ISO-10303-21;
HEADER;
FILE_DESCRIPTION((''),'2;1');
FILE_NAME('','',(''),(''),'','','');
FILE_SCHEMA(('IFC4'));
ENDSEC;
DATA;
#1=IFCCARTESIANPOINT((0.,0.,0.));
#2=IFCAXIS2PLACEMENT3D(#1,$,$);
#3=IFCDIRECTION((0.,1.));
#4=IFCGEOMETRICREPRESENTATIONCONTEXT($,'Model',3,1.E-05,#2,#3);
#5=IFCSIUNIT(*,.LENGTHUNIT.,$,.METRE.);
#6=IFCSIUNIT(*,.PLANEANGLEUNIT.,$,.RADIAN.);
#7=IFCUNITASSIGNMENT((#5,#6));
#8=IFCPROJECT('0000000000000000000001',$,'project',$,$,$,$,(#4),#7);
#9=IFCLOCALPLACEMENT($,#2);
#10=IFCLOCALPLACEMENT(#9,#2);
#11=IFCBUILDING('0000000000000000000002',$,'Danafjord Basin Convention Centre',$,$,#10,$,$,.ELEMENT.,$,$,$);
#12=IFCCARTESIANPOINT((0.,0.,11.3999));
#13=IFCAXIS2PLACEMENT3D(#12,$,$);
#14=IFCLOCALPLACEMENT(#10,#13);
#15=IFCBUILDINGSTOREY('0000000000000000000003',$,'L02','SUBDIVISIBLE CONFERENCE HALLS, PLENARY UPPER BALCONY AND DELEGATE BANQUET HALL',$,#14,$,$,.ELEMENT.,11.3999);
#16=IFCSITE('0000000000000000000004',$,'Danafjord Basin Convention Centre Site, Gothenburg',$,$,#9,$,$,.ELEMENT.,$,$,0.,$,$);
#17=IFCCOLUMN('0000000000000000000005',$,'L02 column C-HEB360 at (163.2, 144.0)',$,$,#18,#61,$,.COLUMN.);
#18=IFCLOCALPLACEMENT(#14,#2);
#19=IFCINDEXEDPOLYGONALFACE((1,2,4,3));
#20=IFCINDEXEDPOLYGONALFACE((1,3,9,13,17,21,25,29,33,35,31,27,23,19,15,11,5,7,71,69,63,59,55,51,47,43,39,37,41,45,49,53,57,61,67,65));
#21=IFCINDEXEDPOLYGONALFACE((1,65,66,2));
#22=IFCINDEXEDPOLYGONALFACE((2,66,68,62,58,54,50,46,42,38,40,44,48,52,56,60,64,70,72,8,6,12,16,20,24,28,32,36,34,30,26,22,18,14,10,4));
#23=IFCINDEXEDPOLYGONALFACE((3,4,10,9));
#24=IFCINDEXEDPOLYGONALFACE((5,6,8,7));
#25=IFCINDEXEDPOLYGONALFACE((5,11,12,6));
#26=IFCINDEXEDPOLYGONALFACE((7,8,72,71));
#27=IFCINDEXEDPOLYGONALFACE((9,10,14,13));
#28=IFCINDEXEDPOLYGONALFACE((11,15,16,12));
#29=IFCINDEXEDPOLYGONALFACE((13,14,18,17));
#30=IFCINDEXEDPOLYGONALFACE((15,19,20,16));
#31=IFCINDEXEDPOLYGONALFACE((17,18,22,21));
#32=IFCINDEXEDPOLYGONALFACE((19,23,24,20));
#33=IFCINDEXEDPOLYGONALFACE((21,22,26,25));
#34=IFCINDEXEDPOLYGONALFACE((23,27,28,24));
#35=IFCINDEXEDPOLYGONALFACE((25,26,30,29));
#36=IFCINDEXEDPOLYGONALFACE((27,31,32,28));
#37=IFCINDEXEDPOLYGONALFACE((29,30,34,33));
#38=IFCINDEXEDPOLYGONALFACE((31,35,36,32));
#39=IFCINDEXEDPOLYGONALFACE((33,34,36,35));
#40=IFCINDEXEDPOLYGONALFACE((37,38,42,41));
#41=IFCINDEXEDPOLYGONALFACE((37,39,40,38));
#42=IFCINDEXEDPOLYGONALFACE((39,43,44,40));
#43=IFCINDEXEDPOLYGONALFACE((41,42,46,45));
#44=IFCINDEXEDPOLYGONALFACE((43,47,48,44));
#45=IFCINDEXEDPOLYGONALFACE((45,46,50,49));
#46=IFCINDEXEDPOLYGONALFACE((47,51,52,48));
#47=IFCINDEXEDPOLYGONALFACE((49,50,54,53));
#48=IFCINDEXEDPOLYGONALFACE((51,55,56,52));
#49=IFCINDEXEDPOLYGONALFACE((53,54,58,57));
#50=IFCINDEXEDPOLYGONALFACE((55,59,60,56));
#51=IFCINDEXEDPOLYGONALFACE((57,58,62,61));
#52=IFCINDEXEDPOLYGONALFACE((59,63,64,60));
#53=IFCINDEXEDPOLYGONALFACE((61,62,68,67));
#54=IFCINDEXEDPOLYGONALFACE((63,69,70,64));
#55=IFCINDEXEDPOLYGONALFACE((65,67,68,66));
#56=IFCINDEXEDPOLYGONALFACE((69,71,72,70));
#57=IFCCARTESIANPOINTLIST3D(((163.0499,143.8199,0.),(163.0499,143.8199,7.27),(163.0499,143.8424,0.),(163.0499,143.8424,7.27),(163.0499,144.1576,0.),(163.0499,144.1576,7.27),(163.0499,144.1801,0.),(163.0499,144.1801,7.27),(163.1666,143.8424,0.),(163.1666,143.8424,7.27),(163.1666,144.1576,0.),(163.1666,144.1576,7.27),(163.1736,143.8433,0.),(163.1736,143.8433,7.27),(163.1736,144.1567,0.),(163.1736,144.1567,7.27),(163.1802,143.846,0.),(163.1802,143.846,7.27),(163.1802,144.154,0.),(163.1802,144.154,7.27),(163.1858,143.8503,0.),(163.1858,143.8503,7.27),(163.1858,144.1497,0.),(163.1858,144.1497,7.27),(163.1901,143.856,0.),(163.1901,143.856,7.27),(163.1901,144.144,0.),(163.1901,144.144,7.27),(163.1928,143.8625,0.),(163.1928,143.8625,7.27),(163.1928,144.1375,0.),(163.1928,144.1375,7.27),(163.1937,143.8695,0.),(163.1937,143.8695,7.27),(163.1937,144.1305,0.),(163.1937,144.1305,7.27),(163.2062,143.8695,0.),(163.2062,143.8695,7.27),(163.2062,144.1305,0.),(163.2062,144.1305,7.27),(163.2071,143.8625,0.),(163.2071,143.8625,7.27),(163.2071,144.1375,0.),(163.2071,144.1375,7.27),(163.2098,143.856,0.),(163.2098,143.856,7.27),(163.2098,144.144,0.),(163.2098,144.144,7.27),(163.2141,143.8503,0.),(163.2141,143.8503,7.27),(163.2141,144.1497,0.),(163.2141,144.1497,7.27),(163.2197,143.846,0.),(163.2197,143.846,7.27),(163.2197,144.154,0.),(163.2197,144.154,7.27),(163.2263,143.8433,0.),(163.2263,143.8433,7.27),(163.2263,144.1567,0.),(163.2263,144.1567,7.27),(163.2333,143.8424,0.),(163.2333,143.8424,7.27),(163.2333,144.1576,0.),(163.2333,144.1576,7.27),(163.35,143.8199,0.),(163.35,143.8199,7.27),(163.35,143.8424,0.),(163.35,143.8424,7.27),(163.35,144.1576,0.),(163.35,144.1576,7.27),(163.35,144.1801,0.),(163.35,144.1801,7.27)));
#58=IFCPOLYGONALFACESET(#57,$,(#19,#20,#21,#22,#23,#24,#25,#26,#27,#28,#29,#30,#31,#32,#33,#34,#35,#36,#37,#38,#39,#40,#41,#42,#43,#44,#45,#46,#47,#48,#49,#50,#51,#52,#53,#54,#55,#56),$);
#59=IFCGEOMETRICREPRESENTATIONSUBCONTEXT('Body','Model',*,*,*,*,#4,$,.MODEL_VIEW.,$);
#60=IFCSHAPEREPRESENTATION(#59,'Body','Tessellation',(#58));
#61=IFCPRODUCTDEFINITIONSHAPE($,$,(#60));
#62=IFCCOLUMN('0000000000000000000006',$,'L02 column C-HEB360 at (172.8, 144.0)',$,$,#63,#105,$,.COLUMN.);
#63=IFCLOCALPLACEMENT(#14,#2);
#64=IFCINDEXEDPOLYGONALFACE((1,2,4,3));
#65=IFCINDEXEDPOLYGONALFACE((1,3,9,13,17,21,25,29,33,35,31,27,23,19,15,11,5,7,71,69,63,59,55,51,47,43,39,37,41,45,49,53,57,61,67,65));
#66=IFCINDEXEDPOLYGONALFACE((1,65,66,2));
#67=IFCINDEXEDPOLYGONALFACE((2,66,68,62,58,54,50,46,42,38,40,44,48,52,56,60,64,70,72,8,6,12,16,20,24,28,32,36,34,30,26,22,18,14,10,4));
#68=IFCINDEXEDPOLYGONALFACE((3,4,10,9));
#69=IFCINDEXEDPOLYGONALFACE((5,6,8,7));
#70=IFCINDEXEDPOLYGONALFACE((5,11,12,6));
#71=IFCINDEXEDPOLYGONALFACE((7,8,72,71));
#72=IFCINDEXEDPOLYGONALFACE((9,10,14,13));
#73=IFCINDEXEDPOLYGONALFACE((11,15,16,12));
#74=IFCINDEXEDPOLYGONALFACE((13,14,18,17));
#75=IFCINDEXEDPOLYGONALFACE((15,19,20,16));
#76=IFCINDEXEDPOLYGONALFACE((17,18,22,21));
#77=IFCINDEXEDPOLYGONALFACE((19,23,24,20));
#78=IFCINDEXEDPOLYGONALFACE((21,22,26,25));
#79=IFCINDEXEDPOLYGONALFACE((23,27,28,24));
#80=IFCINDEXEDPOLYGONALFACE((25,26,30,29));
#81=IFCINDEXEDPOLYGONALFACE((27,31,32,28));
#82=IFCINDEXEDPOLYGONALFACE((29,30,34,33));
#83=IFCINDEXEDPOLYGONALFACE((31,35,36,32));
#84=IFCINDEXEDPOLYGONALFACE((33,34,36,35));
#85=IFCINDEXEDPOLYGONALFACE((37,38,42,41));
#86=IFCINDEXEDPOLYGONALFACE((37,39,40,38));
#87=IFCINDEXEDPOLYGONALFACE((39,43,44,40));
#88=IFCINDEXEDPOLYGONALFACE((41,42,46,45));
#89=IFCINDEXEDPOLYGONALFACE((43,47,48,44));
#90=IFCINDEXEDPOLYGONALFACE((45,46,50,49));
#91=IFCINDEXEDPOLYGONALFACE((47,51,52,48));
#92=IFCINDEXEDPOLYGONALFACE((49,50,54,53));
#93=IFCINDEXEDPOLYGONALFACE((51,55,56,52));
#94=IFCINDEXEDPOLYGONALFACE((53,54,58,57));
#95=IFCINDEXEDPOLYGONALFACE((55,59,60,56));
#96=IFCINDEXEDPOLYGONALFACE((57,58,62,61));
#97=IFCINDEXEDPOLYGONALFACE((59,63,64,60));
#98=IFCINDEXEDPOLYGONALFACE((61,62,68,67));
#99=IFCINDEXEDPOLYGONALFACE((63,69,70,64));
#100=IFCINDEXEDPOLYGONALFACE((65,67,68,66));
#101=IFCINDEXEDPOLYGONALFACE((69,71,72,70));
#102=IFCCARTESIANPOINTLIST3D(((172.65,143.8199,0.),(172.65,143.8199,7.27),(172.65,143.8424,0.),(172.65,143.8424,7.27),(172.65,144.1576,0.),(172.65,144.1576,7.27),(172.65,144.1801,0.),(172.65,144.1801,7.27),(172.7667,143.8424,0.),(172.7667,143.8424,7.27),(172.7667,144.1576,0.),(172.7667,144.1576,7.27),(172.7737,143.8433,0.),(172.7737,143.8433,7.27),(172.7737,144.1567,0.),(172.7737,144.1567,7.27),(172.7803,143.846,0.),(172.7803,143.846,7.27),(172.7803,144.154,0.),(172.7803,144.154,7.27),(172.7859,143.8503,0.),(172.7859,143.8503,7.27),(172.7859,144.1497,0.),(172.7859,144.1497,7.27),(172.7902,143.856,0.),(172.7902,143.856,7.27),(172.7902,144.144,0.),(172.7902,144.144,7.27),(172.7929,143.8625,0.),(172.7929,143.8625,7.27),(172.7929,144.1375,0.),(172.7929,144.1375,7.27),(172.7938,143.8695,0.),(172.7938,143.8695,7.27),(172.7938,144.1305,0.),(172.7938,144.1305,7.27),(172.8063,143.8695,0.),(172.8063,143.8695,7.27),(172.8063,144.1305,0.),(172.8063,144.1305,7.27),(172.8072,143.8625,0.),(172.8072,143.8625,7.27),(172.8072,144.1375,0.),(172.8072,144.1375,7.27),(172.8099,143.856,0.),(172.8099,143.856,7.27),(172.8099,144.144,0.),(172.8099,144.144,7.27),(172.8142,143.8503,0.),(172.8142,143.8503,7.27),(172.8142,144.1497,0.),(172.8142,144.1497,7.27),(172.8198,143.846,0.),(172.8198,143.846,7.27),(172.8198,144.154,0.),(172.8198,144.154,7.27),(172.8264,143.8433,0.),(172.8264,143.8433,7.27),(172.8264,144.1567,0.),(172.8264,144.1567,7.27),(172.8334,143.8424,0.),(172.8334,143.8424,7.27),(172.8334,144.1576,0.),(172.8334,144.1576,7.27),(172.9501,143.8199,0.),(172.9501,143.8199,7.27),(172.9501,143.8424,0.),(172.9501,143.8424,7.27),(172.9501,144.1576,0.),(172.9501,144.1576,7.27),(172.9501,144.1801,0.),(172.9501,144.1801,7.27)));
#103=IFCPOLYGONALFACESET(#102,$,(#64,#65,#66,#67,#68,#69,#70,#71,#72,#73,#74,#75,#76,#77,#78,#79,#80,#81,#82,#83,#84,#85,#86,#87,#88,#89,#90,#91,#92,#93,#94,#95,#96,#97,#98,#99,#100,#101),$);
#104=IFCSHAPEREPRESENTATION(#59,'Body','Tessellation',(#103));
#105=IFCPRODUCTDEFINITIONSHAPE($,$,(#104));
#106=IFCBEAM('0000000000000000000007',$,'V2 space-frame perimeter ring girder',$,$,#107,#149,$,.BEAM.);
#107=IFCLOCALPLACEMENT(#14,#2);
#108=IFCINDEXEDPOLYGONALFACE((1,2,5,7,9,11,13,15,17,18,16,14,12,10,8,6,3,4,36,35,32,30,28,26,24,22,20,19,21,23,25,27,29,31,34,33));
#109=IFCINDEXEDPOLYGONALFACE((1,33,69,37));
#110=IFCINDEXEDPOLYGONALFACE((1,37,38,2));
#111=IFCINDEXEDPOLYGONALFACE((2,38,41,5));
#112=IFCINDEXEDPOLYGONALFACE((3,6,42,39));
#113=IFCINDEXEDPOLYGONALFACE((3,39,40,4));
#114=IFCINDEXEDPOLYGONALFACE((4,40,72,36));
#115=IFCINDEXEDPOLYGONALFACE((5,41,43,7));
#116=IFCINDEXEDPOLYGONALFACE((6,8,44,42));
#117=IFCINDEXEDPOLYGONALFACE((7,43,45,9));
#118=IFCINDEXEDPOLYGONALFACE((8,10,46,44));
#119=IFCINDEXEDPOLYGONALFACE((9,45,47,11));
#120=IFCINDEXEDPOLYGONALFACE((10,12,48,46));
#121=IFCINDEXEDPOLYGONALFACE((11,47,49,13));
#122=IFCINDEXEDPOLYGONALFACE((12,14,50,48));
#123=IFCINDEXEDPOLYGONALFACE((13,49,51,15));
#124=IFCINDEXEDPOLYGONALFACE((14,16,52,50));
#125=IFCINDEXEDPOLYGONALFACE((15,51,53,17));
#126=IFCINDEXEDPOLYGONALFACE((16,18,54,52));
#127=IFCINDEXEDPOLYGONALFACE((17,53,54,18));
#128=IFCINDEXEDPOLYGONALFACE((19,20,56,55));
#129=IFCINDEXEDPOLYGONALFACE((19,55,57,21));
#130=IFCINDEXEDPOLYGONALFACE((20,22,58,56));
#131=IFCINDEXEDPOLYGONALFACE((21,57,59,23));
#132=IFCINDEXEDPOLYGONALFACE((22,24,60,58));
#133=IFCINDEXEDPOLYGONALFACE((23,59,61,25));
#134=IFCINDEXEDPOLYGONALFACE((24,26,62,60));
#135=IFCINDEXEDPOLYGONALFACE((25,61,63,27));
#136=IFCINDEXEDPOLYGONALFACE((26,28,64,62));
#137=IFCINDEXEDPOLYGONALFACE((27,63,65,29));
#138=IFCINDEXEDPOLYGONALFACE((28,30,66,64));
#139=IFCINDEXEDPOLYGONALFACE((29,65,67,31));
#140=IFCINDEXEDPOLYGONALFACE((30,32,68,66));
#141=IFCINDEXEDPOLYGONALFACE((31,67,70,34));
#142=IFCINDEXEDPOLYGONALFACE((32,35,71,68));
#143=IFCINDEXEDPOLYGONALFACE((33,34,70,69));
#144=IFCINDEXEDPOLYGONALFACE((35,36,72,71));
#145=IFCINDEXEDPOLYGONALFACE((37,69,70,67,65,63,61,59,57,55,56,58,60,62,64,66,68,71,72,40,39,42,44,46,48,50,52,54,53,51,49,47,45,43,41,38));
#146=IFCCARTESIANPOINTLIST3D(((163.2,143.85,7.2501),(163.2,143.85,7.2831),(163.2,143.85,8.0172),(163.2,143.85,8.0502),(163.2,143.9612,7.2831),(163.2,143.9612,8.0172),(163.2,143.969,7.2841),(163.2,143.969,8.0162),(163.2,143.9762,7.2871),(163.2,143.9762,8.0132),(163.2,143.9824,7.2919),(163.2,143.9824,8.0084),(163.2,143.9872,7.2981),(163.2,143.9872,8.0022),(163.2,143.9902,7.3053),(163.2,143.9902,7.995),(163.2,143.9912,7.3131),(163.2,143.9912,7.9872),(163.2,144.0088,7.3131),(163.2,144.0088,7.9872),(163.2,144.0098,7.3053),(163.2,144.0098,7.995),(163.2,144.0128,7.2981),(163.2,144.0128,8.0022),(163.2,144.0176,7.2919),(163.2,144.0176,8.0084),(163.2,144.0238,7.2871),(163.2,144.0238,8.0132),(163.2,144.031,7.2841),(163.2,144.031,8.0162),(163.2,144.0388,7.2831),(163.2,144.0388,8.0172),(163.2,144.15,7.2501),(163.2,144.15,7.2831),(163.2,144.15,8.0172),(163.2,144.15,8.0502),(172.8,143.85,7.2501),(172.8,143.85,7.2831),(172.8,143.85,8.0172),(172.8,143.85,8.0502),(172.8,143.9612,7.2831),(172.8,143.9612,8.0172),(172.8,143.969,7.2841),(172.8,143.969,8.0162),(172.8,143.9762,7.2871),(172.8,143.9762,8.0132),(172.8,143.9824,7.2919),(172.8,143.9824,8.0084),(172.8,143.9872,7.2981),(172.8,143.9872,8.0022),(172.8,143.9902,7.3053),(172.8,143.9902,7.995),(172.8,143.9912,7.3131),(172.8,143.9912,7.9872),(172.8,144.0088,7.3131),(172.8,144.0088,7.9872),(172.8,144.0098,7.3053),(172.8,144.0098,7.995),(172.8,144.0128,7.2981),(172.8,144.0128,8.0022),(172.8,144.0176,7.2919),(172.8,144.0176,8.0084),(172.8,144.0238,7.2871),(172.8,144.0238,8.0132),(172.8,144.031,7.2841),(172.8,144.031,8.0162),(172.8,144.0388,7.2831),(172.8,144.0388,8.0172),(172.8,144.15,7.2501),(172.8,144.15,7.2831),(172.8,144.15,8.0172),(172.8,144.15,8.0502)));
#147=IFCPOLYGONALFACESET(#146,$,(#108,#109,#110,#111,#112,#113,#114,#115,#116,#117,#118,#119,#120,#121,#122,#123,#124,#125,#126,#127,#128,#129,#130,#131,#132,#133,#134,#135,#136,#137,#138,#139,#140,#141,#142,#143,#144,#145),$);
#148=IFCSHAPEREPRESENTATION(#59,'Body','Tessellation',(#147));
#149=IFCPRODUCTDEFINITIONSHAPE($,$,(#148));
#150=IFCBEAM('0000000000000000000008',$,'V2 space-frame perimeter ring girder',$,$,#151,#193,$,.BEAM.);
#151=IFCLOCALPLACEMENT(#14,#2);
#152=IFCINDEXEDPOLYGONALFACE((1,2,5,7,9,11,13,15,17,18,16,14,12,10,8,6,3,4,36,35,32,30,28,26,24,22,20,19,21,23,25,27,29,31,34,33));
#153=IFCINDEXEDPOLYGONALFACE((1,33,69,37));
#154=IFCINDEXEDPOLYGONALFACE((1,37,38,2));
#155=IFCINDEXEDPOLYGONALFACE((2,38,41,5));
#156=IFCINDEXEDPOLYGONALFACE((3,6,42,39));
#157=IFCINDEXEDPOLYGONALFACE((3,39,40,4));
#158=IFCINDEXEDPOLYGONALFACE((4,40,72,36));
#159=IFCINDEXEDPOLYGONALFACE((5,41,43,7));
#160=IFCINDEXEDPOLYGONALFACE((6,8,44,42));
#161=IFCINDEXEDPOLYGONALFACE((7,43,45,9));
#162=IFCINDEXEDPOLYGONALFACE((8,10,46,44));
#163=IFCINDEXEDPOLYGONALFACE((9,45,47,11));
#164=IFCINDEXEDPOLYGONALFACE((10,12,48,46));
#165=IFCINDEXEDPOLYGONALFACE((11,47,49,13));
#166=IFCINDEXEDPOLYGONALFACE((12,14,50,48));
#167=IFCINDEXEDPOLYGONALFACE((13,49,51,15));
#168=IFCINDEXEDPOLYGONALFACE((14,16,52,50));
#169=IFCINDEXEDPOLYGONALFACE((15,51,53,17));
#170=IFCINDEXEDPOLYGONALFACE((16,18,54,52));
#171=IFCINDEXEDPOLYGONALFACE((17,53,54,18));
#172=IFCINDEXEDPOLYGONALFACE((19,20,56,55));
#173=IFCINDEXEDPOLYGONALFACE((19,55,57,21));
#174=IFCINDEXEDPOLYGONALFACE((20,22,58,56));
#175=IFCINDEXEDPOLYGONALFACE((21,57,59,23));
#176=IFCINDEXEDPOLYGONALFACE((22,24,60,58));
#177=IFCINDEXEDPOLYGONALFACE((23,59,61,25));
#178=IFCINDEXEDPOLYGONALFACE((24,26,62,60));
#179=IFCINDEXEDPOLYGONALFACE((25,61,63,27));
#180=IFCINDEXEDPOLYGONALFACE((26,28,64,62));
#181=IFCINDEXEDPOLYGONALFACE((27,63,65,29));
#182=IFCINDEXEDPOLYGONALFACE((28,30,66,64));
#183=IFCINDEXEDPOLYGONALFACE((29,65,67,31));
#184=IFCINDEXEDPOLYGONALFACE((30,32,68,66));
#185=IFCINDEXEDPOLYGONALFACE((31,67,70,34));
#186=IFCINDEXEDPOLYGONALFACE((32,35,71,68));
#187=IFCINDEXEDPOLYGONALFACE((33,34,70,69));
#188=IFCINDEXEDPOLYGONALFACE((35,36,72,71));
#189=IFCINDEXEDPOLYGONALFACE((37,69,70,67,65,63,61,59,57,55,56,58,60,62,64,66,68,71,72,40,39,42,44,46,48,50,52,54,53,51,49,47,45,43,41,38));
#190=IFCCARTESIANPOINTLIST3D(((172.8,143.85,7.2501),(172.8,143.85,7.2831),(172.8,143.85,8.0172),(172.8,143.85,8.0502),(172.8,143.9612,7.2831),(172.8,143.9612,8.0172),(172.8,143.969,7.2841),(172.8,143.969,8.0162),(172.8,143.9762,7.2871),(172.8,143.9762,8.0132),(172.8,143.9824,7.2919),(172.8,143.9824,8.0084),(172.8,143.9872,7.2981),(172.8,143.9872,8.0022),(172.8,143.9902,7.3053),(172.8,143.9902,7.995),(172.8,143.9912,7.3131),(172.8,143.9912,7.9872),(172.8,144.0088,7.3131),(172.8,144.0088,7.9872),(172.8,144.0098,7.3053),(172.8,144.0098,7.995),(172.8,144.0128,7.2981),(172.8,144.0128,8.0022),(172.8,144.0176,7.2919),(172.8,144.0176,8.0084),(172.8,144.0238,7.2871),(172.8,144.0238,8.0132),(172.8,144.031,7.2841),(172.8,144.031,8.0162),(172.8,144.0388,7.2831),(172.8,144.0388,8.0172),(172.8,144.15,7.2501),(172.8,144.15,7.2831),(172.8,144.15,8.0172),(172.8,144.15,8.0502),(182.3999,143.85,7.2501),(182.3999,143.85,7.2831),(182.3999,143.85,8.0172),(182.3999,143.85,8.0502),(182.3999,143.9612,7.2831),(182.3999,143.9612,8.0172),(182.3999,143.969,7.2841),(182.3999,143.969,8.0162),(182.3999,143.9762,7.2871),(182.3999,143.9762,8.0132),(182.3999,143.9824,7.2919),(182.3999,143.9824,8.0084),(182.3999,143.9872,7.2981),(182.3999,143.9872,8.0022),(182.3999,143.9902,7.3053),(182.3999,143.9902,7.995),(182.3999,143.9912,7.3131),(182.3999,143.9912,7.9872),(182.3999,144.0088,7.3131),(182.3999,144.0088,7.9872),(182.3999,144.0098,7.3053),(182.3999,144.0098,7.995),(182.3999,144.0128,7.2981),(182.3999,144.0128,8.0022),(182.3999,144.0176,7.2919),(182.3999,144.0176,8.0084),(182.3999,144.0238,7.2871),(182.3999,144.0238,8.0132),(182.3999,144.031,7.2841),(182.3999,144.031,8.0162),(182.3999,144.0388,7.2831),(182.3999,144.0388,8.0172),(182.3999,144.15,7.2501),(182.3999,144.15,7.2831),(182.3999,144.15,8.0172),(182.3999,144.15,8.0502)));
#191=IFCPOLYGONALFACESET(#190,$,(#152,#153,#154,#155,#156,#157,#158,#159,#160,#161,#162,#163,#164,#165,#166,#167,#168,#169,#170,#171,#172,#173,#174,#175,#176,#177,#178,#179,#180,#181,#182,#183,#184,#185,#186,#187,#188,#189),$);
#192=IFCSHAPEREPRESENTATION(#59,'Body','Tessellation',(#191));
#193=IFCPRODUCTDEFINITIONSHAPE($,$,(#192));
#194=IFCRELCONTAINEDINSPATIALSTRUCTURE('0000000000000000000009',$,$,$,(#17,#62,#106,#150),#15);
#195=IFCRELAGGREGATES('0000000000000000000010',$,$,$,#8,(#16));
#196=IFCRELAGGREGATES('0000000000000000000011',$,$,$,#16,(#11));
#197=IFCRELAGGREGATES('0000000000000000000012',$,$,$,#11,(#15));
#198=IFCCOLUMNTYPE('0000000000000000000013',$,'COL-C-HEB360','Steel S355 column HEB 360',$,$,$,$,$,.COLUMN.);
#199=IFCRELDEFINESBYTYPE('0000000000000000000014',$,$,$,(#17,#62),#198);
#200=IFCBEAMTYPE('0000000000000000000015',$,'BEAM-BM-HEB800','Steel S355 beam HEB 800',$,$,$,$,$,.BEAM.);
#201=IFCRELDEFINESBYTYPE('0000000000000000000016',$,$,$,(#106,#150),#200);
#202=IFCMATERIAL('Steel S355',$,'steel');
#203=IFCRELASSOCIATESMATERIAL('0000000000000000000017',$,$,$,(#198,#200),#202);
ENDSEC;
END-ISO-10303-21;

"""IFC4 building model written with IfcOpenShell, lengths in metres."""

from ifc_helpers import new_model, si_unit, direction, frame, origin, origin_2d, place, context, subcontext, project, spatial, i_section, extrude, material, material_profile, profile_set, type_object, element, save


model = new_model("IFC4")

# Units and contexts
model_context = context("Model", 3, precision=1e-05, world=origin(), true_north=direction((0.0, 1.0)))
body_context = subcontext(model_context, "Body", "Model", "MODEL_VIEW")
ifc_project = project(units=[si_unit("LENGTHUNIT", "METRE"), si_unit("PLANEANGLEUNIT", "RADIAN")], contexts=[model_context])

# Site, building, storey
site_placement = place(None, origin())
site = spatial("IfcSite", under=ifc_project, at=site_placement, Name="Danafjord Basin Convention Centre Site, Gothenburg", CompositionType="ELEMENT", RefElevation=0.0)
building_placement = place(site_placement, origin())
building = spatial("IfcBuilding", under=site, at=building_placement, Name="Danafjord Basin Convention Centre", CompositionType="ELEMENT")
storey_placement = place(building_placement, frame((0.0, 0.0, 11.3999)))
storey = spatial("IfcBuildingStorey", under=building, at=storey_placement, Name="L02", Description="SUBDIVISIBLE CONFERENCE HALLS, PLENARY UPPER BALCONY AND DELEGATE BANQUET HALL", CompositionType="ELEMENT", Elevation=11.3999)

# Columns
ifc_material_1 = material(Name="Steel S355", Category="steel")
ifc_material_profile_1 = material_profile(ifc_material_1, i_section(OverallWidth=0.3, OverallDepth=0.3601, WebThickness=0.0125, FlangeThickness=0.0225, FilletRadius=0.0271, at=origin_2d()), Name="HEB 360")
ifc_profile_set_1 = profile_set([ifc_material_profile_1], Name="Steel S355")
column_type = type_object("IfcColumnType", Name="COL-C-HEB360", Description="Steel S355 column HEB 360", PredefinedType="COLUMN", material=ifc_profile_set_1)
for number, where, z_axis, x_axis, name in (
    (1, (163.2, 144.0, 0.0), (0.0, 0.0, 1.0), (1.0, 0.0, 0.0), "L02 column C-HEB360 at (163.2, 144.0)"),
    (2, (172.8, 144.0, 0.0), (0.0, 0.0, 1.0), (1.0, 0.0, 0.0), "L02 column C-HEB360 at (172.8, 144.0)"),
):
    element("IfcColumn", number, at=place(storey_placement, frame(where, z_axis=z_axis, x_axis=x_axis)), inside=storey, type_object=column_type, Name=name, PredefinedType="COLUMN", context=body_context, shape_type="SweptSolid", body=[
        extrude(i_section(OverallWidth=0.3, OverallDepth=0.3601, WebThickness=0.0125, FlangeThickness=0.0225, FilletRadius=0.0271, at=origin_2d()), origin(), (0.0, 0.0, 1.0), 7.27),
    ])

# Beams
ifc_material_profile_2 = material_profile(ifc_material_1, i_section(OverallWidth=0.3, OverallDepth=0.8, WebThickness=0.0176, FlangeThickness=0.033, FilletRadius=0.03, at=origin_2d()), Name="HEB 800")
ifc_profile_set_2 = profile_set([ifc_material_profile_2], Name="Steel S355")
beam_type_1 = type_object("IfcBeamType", Name="BEAM-BM-HEB800", Description="Steel S355 beam HEB 800", PredefinedType="BEAM", material=ifc_profile_set_2)
beam_1_placement = place(storey_placement, frame((163.2, 144.0, 7.6501), z_axis=(1.0, 0.0, 0.0), x_axis=(0.0, 1.0, 0.0)))
element("IfcBeam", 3, at=beam_1_placement, inside=storey, type_object=beam_type_1, Name="V2 space-frame perimeter ring girder", PredefinedType="BEAM", context=body_context, shape_type="SweptSolid", body=[
    extrude(i_section(OverallWidth=0.3, OverallDepth=0.8, WebThickness=0.0176, FlangeThickness=0.033, FilletRadius=0.03, at=origin_2d()), origin(), (0.0, 0.0, 1.0), 9.6001),
])
beam_2_placement = place(storey_placement, frame((172.8, 144.0, 7.6501), z_axis=(1.0, 0.0, 0.0), x_axis=(0.0, 1.0, 0.0)))
element("IfcBeam", 4, at=beam_2_placement, inside=storey, type_object=beam_type_1, Name="V2 space-frame perimeter ring girder", PredefinedType="BEAM", context=body_context, shape_type="SweptSolid", body=[
    extrude(i_section(OverallWidth=0.3, OverallDepth=0.8, WebThickness=0.0176, FlangeThickness=0.033, FilletRadius=0.03, at=origin_2d()), origin(), (0.0, 0.0, 1.0), 9.5999),
])

save(model, "model.ifc")
